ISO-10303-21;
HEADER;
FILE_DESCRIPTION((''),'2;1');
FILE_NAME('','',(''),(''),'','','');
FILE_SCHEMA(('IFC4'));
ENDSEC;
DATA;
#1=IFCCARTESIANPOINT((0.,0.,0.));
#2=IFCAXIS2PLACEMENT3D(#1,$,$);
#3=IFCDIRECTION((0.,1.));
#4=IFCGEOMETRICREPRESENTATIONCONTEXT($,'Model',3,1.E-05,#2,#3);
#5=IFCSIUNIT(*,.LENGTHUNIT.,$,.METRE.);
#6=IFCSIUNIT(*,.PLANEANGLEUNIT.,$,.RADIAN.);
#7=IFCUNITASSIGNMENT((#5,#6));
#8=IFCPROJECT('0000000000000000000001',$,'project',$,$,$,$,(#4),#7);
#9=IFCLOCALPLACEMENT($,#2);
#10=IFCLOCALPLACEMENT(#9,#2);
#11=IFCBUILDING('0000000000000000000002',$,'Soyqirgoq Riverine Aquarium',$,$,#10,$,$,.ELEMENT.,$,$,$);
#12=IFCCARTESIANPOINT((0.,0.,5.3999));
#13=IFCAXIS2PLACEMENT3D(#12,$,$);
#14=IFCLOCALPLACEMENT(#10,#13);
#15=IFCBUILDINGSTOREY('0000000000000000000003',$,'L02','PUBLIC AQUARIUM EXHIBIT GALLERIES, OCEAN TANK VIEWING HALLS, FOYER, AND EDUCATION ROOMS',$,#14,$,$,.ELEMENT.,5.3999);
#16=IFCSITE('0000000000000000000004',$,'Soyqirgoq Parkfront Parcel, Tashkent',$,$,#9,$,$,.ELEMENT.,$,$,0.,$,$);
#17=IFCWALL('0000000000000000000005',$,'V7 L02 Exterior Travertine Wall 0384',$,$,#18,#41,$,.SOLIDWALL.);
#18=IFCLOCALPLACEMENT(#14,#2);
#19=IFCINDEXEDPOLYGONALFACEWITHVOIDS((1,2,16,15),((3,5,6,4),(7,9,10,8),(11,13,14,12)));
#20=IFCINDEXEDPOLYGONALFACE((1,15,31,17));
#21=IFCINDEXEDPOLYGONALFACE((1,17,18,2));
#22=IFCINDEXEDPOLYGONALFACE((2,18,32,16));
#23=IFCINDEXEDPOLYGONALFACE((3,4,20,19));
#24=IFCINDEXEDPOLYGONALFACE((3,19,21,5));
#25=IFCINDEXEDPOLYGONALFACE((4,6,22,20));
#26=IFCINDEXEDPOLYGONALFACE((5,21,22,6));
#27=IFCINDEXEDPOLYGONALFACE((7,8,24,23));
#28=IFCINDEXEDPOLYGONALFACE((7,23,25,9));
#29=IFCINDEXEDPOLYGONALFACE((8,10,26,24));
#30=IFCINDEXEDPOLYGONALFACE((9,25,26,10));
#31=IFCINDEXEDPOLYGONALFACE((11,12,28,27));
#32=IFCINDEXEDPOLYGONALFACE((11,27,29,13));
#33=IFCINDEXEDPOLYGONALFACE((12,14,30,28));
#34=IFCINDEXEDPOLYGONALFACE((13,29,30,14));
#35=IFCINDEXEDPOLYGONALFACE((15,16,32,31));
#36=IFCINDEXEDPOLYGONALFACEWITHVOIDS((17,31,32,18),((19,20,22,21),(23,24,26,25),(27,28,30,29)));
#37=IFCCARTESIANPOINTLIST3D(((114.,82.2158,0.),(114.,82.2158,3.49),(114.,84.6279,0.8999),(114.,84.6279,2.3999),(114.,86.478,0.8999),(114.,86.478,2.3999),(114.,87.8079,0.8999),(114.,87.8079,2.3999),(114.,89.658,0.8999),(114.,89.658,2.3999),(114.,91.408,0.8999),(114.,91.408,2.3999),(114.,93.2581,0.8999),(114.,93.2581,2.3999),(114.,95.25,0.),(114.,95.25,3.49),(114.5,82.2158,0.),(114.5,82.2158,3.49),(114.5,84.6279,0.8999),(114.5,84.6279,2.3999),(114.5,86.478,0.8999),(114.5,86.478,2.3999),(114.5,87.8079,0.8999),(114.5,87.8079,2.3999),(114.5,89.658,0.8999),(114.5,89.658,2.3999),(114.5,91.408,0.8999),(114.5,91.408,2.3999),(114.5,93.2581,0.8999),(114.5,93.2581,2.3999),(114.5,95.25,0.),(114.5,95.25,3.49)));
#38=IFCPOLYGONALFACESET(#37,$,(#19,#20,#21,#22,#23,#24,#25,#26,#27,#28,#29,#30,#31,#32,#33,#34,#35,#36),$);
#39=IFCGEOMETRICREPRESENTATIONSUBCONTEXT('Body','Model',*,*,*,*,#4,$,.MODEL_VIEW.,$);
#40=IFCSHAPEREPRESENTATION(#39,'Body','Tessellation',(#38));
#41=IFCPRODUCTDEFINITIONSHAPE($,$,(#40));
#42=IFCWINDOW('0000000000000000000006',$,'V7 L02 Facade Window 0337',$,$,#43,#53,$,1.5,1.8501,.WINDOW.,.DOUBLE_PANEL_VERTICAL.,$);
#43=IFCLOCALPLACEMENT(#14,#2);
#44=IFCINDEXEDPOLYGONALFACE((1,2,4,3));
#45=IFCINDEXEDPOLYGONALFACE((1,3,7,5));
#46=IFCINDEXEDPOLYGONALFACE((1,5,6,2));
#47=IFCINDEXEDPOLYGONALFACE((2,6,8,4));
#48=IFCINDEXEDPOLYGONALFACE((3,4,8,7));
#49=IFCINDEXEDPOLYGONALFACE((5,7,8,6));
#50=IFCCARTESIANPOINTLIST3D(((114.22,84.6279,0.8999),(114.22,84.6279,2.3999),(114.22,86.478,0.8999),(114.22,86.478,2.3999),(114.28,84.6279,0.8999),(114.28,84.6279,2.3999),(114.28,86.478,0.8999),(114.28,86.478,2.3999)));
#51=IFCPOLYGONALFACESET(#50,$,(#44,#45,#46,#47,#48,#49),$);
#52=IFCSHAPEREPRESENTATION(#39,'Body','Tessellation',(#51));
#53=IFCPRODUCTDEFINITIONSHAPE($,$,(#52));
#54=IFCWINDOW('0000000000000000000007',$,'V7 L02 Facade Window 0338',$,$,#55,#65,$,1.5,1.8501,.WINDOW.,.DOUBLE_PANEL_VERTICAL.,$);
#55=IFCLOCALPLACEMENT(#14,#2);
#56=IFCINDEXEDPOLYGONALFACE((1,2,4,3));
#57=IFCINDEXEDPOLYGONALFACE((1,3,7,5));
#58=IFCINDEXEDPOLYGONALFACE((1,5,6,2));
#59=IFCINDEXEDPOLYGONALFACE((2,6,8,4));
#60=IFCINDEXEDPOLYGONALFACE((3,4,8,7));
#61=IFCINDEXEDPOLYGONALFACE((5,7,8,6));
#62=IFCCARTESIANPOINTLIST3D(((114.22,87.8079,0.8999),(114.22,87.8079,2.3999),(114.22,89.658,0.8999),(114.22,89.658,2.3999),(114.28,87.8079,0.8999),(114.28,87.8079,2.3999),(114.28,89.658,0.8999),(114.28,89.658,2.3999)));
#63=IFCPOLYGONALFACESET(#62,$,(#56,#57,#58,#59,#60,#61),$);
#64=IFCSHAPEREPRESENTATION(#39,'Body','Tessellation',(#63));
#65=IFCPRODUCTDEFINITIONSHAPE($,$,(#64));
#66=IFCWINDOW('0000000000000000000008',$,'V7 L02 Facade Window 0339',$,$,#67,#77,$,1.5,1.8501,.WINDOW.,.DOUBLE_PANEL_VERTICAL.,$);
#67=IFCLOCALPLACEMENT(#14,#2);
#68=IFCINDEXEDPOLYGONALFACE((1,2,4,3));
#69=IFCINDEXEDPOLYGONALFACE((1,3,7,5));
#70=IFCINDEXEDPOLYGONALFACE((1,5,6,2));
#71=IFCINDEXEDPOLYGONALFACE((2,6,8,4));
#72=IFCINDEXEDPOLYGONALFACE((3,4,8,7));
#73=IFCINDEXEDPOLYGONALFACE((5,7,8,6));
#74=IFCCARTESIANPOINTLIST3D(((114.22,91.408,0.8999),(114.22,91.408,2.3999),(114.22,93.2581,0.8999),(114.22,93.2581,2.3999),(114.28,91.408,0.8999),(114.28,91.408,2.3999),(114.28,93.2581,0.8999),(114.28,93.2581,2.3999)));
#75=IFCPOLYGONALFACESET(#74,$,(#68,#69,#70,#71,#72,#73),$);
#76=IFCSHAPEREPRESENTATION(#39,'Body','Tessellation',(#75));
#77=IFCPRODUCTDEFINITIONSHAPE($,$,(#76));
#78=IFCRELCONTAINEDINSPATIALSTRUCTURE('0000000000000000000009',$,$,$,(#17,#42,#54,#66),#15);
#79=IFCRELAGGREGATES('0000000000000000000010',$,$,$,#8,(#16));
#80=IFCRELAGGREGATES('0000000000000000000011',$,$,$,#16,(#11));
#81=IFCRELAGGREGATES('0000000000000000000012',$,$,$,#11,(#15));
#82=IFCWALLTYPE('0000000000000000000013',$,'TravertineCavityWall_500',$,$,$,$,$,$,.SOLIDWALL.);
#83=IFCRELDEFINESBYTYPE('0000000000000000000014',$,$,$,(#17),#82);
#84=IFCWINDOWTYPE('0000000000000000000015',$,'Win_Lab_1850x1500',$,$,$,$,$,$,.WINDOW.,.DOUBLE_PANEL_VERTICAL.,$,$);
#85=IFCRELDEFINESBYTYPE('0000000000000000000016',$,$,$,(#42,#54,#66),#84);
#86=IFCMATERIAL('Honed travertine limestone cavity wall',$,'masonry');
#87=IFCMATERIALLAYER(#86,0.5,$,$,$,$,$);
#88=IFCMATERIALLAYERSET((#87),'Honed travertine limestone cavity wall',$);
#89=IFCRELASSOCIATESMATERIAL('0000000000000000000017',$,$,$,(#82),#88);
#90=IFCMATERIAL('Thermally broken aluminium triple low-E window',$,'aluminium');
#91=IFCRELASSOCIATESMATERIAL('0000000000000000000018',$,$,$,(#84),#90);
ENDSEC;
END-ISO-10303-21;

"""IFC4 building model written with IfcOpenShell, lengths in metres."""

from ifc_helpers import new_model, si_unit, direction, frame, frame_2d, origin, place, context, subcontext, project, spatial, rectangle, extrude, material, layer, layer_set, type_object, element, fill, save


model = new_model("IFC4")

# Units and contexts
model_context = context("Model", 3, precision=1e-05, world=origin(), true_north=direction((0.0, 1.0)))
body_context = subcontext(model_context, "Body", "Model", "MODEL_VIEW")
ifc_project = project(units=[si_unit("LENGTHUNIT", "METRE"), si_unit("PLANEANGLEUNIT", "RADIAN")], contexts=[model_context])

# Site, building, storey
site_placement = place(None, origin())
site = spatial("IfcSite", under=ifc_project, at=site_placement, Name="Soyqirgoq Parkfront Parcel, Tashkent", CompositionType="ELEMENT", RefElevation=0.0)
building_placement = place(site_placement, origin())
building = spatial("IfcBuilding", under=site, at=building_placement, Name="Soyqirgoq Riverine Aquarium", CompositionType="ELEMENT")
storey_placement = place(building_placement, frame((0.0, 0.0, 5.3999)))
storey = spatial("IfcBuildingStorey", under=building, at=storey_placement, Name="L02", Description="PUBLIC AQUARIUM EXHIBIT GALLERIES, OCEAN TANK VIEWING HALLS, FOYER, AND EDUCATION ROOMS", CompositionType="ELEMENT", Elevation=5.3999)

# Wall, openings, windows
ifc_material_1 = material(Name="Honed travertine limestone cavity wall", Category="masonry")
ifc_layer_1 = layer(ifc_material_1, 0.5)
ifc_layer_set_1 = layer_set([ifc_layer_1], Name="Honed travertine limestone cavity wall")
wall_type_1 = type_object("IfcWallType", Name="TravertineCavityWall_500", PredefinedType="SOLIDWALL", material=ifc_layer_set_1)
wall_1_placement = place(storey_placement, frame((114.25, 82.2158, 0.0), z_axis=(0.0, 0.0, 1.0), x_axis=(0.0, 1.0, 0.0)))
wall_1 = element("IfcWall", 1, at=wall_1_placement, inside=storey, type_object=wall_type_1, Name="V7 L02 Exterior Travertine Wall 0384", PredefinedType="SOLIDWALL", context=body_context, shape_type="SweptSolid", body=[
    extrude(rectangle(XDim=13.0342, YDim=0.5, at=frame_2d((6.5171, 0.0))), origin(), (0.0, 0.0, 1.0), 3.49),
])
opening_1_placement = place(wall_1_placement, frame((2.4121, 0.0, 0.8999)))
opening_1 = element("IfcOpeningElement", 2, at=opening_1_placement, cuts=wall_1, PredefinedType="OPENING", context=body_context, shape_type="SweptSolid", body=[
    extrude(rectangle(XDim=1.8501, YDim=1.5, at=frame_2d((0.925, 0.75))), frame((0.0, 0.26, 0.0), z_axis=(0.0, -1.0, 0.0), x_axis=(1.0, 0.0, 0.0)), (0.0, 0.0, 1.0), 0.52),
])
opening_2_placement = place(wall_1_placement, frame((5.592, 0.0, 0.8999)))
opening_2 = element("IfcOpeningElement", 3, at=opening_2_placement, cuts=wall_1, PredefinedType="OPENING", context=body_context, shape_type="SweptSolid", body=[
    extrude(rectangle(XDim=1.8501, YDim=1.5, at=frame_2d((0.925, 0.75))), frame((0.0, 0.26, 0.0), z_axis=(0.0, -1.0, 0.0), x_axis=(1.0, 0.0, 0.0)), (0.0, 0.0, 1.0), 0.52),
])
opening_3_placement = place(wall_1_placement, frame((9.1921, 0.0, 0.8999)))
opening_3 = element("IfcOpeningElement", 4, at=opening_3_placement, cuts=wall_1, PredefinedType="OPENING", context=body_context, shape_type="SweptSolid", body=[
    extrude(rectangle(XDim=1.8501, YDim=1.5, at=frame_2d((0.925, 0.75))), frame((0.0, 0.26, 0.0), z_axis=(0.0, -1.0, 0.0), x_axis=(1.0, 0.0, 0.0)), (0.0, 0.0, 1.0), 0.52),
])
ifc_material_2 = material(Name="Thermally broken aluminium triple low-E window", Category="aluminium")
window_type_1 = type_object("IfcWindowType", Name="Win_Lab_1850x1500", PartitioningType="DOUBLE_PANEL_VERTICAL", PredefinedType="WINDOW", material=ifc_material_2)
window_1_placement = place(opening_1_placement, origin())
window_1 = element("IfcWindow", 5, at=window_1_placement, inside=storey, type_object=window_type_1, Name="V7 L02 Facade Window 0337", OverallHeight=1.5, OverallWidth=1.8501, PartitioningType="DOUBLE_PANEL_VERTICAL", PredefinedType="WINDOW", context=body_context, shape_type="SweptSolid", body=[
    extrude(rectangle(XDim=1.8501, YDim=1.5, at=frame_2d((0.925, 0.75))), frame((0.0, 0.03, 0.0), z_axis=(0.0, -1.0, 0.0), x_axis=(1.0, 0.0, 0.0)), (0.0, 0.0, 1.0), 0.0601),
])
fill(opening_1, window_1)
window_2_placement = place(opening_2_placement, origin())
window_2 = element("IfcWindow", 6, at=window_2_placement, inside=storey, type_object=window_type_1, Name="V7 L02 Facade Window 0338", OverallHeight=1.5, OverallWidth=1.8501, PartitioningType="DOUBLE_PANEL_VERTICAL", PredefinedType="WINDOW", context=body_context, shape_type="SweptSolid", body=[
    extrude(rectangle(XDim=1.8501, YDim=1.5, at=frame_2d((0.925, 0.75))), frame((0.0, 0.03, 0.0), z_axis=(0.0, -1.0, 0.0), x_axis=(1.0, 0.0, 0.0)), (0.0, 0.0, 1.0), 0.0601),
])
fill(opening_2, window_2)
window_3_placement = place(opening_3_placement, origin())
window_3 = element("IfcWindow", 7, at=window_3_placement, inside=storey, type_object=window_type_1, Name="V7 L02 Facade Window 0339", OverallHeight=1.5, OverallWidth=1.8501, PartitioningType="DOUBLE_PANEL_VERTICAL", PredefinedType="WINDOW", context=body_context, shape_type="SweptSolid", body=[
    extrude(rectangle(XDim=1.8501, YDim=1.5, at=frame_2d((0.925, 0.75))), frame((0.0, 0.03, 0.0), z_axis=(0.0, -1.0, 0.0), x_axis=(1.0, 0.0, 0.0)), (0.0, 0.0, 1.0), 0.0601),
])
fill(opening_3, window_3)

save(model, "model.ifc")
